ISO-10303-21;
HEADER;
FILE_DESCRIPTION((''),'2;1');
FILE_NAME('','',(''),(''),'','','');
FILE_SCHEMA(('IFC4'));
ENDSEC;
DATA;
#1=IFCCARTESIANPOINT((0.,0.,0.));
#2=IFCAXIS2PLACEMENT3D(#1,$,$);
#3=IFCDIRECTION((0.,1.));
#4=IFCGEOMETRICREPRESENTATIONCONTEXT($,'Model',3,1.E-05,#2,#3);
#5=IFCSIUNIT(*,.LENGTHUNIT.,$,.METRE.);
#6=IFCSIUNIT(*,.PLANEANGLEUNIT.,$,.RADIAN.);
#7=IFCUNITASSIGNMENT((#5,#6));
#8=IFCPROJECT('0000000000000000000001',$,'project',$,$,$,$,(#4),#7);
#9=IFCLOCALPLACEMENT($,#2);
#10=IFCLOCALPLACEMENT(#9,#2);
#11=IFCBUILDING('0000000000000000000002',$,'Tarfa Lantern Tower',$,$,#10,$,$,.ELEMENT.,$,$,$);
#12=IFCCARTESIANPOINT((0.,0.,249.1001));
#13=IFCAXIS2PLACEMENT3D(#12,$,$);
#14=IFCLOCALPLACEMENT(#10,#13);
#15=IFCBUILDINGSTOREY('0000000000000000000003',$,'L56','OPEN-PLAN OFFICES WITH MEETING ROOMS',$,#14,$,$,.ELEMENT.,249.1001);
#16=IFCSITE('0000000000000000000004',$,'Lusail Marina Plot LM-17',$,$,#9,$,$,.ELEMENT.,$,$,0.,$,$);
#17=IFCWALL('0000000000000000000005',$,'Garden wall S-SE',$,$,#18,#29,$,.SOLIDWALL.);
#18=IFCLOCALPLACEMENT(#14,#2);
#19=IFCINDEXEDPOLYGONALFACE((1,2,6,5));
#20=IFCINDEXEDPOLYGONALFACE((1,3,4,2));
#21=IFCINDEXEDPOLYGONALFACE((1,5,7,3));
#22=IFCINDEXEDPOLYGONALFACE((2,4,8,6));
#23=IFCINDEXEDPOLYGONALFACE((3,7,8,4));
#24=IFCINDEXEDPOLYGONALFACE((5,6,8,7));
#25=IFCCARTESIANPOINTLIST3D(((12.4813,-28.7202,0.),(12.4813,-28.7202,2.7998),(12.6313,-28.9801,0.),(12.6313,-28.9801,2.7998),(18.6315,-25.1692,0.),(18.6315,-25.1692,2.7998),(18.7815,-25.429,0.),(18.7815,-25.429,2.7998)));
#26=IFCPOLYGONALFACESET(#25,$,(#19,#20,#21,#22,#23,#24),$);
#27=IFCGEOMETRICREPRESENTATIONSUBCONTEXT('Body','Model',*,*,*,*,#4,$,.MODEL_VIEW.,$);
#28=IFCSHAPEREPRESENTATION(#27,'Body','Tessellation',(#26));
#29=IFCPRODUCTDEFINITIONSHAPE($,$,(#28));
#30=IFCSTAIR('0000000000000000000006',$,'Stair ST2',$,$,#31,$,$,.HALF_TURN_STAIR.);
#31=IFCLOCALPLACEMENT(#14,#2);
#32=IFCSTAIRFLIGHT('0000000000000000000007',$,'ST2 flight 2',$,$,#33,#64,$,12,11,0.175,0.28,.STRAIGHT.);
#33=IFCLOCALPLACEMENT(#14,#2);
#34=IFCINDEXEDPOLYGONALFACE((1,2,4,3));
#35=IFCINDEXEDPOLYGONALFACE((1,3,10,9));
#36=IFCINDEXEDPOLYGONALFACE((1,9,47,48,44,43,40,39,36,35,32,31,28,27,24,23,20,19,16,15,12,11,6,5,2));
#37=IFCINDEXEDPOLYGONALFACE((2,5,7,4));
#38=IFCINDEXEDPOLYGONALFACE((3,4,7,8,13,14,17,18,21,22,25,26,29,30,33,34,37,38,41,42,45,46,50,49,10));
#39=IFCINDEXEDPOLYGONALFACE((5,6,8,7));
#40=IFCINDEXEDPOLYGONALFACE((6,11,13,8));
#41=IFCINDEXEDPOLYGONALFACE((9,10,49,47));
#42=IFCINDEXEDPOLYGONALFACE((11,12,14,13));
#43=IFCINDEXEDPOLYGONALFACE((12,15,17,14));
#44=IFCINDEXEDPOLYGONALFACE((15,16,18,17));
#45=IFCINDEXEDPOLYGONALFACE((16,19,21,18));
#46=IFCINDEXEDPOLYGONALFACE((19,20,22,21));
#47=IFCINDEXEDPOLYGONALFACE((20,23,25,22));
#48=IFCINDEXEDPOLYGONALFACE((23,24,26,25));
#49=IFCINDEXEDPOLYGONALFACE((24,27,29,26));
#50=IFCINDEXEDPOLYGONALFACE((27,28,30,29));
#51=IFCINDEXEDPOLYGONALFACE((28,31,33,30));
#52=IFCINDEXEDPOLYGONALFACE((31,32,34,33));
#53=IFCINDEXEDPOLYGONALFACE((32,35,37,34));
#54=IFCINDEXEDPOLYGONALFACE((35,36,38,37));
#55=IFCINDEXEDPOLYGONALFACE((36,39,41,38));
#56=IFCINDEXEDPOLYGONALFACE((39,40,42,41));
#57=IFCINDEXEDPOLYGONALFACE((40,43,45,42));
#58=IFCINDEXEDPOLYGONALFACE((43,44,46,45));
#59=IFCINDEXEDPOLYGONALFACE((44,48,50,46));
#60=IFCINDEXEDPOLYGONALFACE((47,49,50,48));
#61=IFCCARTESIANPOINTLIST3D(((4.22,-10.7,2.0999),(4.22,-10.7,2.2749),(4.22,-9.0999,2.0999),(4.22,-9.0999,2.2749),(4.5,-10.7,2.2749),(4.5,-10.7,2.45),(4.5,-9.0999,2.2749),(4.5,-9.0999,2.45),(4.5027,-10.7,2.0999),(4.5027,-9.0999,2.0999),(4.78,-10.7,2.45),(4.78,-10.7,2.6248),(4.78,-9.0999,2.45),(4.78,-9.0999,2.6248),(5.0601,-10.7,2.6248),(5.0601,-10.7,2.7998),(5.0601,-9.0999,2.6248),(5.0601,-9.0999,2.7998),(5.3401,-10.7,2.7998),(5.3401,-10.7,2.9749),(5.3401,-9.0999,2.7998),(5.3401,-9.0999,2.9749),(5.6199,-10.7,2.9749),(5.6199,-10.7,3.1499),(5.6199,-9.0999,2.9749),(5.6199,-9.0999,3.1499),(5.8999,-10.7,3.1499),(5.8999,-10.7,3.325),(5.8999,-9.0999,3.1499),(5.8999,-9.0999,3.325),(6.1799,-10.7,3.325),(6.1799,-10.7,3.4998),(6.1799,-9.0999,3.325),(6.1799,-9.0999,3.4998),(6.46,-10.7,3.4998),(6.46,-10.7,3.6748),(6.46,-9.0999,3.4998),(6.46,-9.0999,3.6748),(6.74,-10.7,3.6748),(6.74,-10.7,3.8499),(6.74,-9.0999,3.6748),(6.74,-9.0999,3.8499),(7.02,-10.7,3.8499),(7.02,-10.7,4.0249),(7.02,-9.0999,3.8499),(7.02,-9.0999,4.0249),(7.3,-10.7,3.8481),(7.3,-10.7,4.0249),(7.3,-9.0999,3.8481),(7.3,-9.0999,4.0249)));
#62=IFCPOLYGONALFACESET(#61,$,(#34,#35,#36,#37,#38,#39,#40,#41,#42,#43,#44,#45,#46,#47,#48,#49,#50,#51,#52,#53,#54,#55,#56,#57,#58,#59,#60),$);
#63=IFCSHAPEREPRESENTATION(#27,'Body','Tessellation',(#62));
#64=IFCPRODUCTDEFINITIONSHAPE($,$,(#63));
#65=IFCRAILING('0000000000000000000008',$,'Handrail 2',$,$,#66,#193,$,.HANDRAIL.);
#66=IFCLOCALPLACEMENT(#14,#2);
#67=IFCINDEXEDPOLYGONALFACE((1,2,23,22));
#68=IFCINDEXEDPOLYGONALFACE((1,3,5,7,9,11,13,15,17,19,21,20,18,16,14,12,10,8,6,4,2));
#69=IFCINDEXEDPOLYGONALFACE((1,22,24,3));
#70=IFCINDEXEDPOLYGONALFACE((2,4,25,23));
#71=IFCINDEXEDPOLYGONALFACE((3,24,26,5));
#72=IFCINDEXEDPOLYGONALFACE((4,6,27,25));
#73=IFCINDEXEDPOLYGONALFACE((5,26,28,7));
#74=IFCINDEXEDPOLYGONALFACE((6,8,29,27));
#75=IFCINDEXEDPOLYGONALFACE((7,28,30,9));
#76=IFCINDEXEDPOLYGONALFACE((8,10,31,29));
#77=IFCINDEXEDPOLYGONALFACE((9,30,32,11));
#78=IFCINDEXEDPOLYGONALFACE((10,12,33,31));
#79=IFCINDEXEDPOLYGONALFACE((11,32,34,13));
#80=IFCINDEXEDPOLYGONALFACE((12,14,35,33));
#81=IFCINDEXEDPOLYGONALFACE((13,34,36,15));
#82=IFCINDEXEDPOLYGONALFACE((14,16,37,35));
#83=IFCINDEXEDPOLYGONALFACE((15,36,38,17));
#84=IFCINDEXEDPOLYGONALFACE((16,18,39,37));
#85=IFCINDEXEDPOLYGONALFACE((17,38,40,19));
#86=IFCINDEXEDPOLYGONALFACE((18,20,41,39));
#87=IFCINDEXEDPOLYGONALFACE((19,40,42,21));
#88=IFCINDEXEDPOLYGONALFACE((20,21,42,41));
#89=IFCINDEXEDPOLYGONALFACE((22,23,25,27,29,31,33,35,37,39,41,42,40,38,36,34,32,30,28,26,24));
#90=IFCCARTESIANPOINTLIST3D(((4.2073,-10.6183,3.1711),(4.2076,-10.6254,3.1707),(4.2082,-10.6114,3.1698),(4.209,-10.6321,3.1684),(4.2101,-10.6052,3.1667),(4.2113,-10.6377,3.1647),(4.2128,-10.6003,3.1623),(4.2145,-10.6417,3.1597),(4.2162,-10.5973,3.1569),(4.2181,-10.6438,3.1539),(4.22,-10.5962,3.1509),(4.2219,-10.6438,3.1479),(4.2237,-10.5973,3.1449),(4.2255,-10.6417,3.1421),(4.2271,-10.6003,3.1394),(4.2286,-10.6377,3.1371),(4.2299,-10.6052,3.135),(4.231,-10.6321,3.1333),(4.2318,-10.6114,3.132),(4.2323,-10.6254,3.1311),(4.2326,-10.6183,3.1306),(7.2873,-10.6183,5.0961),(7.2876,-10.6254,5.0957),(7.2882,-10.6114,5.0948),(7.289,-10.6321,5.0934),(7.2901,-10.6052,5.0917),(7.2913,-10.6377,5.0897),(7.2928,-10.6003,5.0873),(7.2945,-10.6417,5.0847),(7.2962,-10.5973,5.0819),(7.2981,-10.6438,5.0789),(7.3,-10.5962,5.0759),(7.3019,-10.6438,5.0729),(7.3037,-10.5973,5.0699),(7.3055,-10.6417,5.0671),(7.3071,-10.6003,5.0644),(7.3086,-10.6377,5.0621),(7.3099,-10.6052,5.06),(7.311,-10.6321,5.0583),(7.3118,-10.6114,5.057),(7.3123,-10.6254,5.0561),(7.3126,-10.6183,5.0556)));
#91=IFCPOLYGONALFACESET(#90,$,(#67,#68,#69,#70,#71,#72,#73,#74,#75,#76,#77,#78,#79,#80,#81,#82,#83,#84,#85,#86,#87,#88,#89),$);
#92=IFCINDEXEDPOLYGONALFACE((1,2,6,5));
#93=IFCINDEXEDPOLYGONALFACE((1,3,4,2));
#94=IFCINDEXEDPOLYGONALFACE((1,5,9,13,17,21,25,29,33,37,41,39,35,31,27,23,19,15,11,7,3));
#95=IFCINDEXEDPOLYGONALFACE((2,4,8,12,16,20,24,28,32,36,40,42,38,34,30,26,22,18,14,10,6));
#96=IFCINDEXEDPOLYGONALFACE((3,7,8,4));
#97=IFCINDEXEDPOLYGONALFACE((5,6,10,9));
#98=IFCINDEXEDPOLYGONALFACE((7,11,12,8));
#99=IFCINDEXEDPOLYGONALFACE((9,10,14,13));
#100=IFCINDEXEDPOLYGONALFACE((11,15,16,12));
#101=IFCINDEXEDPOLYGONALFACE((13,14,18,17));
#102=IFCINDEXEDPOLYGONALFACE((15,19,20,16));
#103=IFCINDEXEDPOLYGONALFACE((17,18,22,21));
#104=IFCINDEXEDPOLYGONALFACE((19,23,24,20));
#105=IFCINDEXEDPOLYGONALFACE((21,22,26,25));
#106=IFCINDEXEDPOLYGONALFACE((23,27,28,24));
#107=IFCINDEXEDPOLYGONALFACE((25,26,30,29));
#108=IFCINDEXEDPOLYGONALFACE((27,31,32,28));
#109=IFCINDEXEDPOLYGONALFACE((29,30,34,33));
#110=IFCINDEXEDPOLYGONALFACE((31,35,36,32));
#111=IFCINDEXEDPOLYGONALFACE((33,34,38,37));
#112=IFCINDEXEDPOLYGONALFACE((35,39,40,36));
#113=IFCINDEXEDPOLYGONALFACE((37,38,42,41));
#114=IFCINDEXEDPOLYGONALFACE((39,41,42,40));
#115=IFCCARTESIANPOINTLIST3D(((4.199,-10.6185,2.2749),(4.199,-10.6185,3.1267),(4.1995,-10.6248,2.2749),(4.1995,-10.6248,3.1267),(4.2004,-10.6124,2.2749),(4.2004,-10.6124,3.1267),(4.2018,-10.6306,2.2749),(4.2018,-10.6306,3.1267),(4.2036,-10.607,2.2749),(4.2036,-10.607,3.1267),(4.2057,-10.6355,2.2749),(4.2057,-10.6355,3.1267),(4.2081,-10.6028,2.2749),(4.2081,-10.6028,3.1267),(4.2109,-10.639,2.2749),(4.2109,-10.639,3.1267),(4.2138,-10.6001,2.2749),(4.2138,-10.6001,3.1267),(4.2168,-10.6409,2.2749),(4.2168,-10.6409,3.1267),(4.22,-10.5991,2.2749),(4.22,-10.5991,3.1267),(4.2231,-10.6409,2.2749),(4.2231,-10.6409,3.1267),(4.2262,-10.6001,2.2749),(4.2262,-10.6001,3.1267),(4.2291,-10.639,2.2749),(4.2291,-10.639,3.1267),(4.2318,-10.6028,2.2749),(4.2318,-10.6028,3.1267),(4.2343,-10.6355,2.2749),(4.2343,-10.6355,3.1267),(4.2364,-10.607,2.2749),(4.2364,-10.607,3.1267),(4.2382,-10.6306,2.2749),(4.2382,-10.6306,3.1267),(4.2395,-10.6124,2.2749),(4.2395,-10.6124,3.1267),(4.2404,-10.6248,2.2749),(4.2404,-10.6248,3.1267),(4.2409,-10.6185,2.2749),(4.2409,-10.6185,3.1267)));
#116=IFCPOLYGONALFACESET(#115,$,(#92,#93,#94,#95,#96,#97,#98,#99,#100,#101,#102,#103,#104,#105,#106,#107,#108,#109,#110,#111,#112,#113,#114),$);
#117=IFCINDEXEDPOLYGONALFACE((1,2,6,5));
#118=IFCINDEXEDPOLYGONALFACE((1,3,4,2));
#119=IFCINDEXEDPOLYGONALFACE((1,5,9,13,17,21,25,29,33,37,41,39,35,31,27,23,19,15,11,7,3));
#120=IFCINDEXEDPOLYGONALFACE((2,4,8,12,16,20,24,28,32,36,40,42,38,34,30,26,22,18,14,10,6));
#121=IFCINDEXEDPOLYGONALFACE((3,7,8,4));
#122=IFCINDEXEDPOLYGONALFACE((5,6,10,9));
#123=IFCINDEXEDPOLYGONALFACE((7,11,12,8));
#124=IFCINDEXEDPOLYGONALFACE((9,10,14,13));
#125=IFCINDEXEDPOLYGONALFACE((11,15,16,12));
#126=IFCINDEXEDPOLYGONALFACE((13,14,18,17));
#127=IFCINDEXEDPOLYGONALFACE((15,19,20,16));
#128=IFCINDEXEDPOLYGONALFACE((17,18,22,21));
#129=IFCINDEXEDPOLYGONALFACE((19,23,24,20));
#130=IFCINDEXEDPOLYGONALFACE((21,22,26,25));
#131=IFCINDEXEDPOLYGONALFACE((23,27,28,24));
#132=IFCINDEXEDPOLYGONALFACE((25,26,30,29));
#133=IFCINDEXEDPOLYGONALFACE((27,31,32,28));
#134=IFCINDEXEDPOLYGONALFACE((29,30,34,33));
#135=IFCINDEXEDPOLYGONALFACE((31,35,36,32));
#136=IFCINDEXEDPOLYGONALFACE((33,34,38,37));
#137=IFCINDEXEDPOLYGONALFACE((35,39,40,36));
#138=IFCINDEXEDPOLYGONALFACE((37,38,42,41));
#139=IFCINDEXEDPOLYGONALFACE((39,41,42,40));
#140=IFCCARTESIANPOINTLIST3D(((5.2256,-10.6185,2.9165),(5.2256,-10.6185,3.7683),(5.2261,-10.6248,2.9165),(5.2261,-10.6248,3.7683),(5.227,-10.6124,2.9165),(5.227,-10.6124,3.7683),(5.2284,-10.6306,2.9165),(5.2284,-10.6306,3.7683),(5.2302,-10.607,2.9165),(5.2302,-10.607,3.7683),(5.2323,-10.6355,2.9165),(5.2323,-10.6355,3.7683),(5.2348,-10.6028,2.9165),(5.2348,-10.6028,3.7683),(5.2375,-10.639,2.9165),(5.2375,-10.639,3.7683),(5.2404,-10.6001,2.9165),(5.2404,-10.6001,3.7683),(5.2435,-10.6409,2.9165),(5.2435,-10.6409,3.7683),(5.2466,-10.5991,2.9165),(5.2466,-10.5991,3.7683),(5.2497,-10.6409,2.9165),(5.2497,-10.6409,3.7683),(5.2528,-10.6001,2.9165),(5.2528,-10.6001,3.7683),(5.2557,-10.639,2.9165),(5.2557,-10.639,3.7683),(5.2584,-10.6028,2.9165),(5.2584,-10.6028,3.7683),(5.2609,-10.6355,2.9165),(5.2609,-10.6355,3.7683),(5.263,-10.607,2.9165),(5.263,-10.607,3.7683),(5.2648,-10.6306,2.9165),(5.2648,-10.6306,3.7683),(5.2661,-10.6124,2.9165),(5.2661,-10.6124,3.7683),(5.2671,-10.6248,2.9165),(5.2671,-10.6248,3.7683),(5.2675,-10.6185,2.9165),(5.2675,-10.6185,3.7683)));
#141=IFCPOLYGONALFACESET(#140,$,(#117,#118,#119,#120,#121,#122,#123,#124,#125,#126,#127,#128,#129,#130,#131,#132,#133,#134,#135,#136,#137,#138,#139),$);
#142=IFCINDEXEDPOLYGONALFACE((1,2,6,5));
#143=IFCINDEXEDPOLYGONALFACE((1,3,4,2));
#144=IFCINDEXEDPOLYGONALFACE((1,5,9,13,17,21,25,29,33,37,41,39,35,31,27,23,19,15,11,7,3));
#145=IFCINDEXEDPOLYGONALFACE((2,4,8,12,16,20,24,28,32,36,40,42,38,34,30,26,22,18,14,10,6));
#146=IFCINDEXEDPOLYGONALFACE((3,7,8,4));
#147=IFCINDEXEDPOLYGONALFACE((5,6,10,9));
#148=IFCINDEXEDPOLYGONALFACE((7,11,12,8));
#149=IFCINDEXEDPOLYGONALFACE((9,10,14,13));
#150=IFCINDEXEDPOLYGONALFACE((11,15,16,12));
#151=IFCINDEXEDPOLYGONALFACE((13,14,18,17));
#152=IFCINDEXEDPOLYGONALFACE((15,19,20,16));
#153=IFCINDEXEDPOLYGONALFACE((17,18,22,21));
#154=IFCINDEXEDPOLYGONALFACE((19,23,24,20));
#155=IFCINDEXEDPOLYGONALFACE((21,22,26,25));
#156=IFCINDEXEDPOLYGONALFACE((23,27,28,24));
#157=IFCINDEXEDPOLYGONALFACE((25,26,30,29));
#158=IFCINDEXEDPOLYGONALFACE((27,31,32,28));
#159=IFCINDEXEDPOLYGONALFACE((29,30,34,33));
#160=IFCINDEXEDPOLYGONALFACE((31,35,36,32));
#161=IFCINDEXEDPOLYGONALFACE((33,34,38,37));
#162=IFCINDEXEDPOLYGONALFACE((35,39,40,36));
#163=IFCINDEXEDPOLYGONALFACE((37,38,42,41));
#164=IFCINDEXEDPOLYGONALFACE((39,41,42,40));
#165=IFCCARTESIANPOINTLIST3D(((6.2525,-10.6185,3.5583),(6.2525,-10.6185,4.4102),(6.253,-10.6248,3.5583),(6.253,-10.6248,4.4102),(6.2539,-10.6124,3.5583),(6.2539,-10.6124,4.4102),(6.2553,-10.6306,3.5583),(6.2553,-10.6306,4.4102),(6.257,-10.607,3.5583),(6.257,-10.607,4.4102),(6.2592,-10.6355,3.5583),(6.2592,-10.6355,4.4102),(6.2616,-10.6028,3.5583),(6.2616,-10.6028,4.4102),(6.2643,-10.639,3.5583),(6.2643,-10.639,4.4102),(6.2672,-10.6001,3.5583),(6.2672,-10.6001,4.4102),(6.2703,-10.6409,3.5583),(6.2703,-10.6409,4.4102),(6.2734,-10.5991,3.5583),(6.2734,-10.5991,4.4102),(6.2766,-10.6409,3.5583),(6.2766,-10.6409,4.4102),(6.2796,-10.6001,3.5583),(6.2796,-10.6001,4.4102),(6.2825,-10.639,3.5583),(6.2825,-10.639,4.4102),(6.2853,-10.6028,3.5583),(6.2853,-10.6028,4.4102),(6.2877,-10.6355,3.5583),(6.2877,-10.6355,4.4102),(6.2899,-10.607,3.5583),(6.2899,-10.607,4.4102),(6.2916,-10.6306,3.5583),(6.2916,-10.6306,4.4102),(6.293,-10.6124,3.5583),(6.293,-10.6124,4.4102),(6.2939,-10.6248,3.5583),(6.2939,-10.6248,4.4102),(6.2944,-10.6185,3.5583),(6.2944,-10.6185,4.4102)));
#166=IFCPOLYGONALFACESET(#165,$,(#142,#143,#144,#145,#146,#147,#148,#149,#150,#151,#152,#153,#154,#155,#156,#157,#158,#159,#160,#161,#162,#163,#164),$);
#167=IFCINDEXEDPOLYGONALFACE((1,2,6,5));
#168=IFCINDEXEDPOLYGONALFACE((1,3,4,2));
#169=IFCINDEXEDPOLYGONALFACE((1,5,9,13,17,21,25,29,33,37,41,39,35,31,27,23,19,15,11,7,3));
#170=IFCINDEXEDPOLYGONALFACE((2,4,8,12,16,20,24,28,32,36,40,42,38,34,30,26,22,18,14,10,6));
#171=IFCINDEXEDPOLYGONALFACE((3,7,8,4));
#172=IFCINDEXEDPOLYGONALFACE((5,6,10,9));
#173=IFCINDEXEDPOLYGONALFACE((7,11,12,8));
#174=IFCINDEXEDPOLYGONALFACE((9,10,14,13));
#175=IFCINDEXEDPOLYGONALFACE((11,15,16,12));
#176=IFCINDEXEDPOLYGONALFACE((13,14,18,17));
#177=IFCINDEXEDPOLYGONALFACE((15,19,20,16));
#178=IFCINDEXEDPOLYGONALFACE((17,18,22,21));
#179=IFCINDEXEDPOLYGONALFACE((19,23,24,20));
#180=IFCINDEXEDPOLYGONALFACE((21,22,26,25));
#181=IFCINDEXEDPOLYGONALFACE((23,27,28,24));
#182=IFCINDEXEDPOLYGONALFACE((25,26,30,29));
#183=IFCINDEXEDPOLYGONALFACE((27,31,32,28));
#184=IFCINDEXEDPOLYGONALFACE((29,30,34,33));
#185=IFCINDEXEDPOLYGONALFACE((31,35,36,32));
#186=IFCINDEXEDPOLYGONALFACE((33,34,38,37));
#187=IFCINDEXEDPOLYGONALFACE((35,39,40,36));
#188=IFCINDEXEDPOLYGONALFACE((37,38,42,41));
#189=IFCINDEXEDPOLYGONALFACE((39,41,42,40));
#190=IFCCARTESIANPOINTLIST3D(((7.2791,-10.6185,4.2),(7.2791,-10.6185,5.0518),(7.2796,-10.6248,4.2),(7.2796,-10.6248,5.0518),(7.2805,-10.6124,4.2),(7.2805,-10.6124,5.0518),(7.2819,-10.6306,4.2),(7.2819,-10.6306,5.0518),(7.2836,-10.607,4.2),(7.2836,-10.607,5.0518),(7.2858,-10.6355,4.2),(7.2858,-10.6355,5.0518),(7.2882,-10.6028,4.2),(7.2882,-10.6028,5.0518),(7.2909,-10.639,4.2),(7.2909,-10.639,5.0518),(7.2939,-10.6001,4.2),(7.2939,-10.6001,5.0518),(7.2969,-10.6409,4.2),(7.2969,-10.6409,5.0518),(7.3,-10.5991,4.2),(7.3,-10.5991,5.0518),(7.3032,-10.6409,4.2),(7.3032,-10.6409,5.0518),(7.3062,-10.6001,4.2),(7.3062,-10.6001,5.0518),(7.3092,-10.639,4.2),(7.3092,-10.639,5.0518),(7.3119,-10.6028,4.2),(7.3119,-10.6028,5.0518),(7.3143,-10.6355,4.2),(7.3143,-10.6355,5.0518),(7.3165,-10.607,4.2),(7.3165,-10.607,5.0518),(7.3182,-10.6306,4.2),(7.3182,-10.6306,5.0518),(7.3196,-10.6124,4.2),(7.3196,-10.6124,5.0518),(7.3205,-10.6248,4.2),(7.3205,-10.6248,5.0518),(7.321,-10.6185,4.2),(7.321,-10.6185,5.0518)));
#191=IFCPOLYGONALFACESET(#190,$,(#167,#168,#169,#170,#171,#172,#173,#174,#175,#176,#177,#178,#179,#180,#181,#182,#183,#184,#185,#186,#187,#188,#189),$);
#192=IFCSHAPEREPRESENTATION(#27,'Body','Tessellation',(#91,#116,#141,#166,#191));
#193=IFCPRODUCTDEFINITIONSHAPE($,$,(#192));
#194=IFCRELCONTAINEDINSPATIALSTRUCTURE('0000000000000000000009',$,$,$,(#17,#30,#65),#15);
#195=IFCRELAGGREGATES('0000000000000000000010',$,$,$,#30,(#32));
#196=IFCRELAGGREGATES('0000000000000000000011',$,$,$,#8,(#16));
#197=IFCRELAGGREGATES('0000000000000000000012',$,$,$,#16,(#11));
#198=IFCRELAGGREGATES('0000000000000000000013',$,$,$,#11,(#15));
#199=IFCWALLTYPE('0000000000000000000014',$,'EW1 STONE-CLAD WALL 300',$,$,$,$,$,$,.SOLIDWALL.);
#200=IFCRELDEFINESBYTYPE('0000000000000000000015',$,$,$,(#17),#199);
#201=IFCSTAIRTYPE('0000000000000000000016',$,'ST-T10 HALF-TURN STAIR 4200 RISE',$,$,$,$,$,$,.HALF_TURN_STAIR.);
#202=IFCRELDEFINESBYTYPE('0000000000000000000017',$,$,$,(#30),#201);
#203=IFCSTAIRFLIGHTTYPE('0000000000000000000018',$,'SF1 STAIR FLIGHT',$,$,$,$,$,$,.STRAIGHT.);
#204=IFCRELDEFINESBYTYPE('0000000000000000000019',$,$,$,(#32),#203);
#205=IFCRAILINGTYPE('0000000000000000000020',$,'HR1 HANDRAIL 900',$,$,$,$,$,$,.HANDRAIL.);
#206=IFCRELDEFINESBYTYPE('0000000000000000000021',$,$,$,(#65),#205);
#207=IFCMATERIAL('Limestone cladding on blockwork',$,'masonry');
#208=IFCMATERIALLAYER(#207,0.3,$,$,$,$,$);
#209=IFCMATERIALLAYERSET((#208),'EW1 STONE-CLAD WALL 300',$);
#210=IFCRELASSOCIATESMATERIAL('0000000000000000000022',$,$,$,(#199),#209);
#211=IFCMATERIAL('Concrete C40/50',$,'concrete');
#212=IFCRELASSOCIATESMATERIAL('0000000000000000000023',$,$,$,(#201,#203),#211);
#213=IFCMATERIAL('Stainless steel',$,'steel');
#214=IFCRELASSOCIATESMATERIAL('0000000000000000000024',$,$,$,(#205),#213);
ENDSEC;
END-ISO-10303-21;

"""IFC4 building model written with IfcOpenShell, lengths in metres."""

from ifc_helpers import new_model, si_unit, direction, frame, frame_2d, origin, origin_2d, place, context, subcontext, project, spatial, polyline, rectangle, circle, outline, extrude, material, layer, layer_set, type_object, element, aggregate, save


model = new_model("IFC4")

# Units and contexts
model_context = context("Model", 3, precision=1e-05, world=origin(), true_north=direction((0.0, 1.0)))
body_context = subcontext(model_context, "Body", "Model", "MODEL_VIEW")
ifc_project = project(units=[si_unit("LENGTHUNIT", "METRE"), si_unit("PLANEANGLEUNIT", "RADIAN")], contexts=[model_context])

# Site, building, storey
site_placement = place(None, origin())
site = spatial("IfcSite", under=ifc_project, at=site_placement, Name="Lusail Marina Plot LM-17", CompositionType="ELEMENT", RefElevation=0.0)
building_placement = place(site_placement, origin())
building = spatial("IfcBuilding", under=site, at=building_placement, Name="Tarfa Lantern Tower", CompositionType="ELEMENT")
storey_placement = place(building_placement, frame((0.0, 0.0, 249.1001)))
storey = spatial("IfcBuildingStorey", under=building, at=storey_placement, Name="L56", Description="OPEN-PLAN OFFICES WITH MEETING ROOMS", CompositionType="ELEMENT", Elevation=249.1001)

# Wall
ifc_material_1 = material(Name="Limestone cladding on blockwork", Category="masonry")
ifc_layer_1 = layer(ifc_material_1, 0.3)
ifc_layer_set_1 = layer_set([ifc_layer_1], Name="EW1 STONE-CLAD WALL 300")
wall_type_1 = type_object("IfcWallType", Name="EW1 STONE-CLAD WALL 300", PredefinedType="SOLIDWALL", material=ifc_layer_set_1)
wall_1_placement = place(storey_placement, frame((12.5564, -28.8501, 0.0), z_axis=(0.0, 0.0, 1.0), x_axis=(0.866011, 0.500025, 0.0)))
element("IfcWall", 1, at=wall_1_placement, inside=storey, type_object=wall_type_1, Name="Garden wall S-SE", PredefinedType="SOLIDWALL", context=body_context, shape_type="SweptSolid", body=[
    extrude(rectangle(XDim=7.1018, YDim=0.3, at=frame_2d((3.5508, 0.0))), origin(), (0.0, 0.0, 1.0), 2.7998),
])

# Stair, stair flight
ifc_material_2 = material(Name="Concrete C40/50", Category="concrete")
stair_type = type_object("IfcStairType", Name="ST-T10 HALF-TURN STAIR 4200 RISE", PredefinedType="HALF_TURN_STAIR", material=ifc_material_2)
stair_placement = place(storey_placement, origin())
stair = element("IfcStair", 2, at=stair_placement, inside=storey, type_object=stair_type, Name="Stair ST2", PredefinedType="HALF_TURN_STAIR")
stair_flight_type = type_object("IfcStairFlightType", Name="SF1 STAIR FLIGHT", PredefinedType="STRAIGHT", material=ifc_material_2)
stair_flight_placement = place(storey_placement, frame((4.22, -9.8999, 2.0999), z_axis=(0.0, 0.0, 1.0), x_axis=(1.0, 0.0, 0.0)))
stair_flight = element("IfcStairFlight", 3, at=stair_flight_placement, type_object=stair_flight_type, Name="ST2 flight 2", NumberOfRisers=12, NumberOfTreads=11, PredefinedType="STRAIGHT", RiserHeight=0.175, TreadLength=0.28, context=body_context, shape_type="SweptSolid", body=[
    extrude(outline(polyline([(0.0, 0.0), (0.0, 0.175), (0.28, 0.175), (0.28, 0.3501), (0.5601, 0.3501), (0.5601, 0.5249), (0.8401, 0.5249), (0.8401, 0.7), (1.1201, 0.7), (1.1201, 0.875), (1.3999, 0.875), (1.3999, 1.05), (1.6799, 1.05), (1.6799, 1.2251), (1.96, 1.2251), (1.96, 1.3999), (2.24, 1.3999), (2.24, 1.575), (2.52, 1.575), (2.52, 1.75), (2.8, 1.75), (2.8, 1.925), (3.0801, 1.925), (3.0801, 2.1001), (3.0801, 1.7483), (0.2827, 0.0), (0.0, 0.0)])), frame((0.0, 0.8, 0.0), z_axis=(0.0, -1.0, 0.0), x_axis=(1.0, 0.0, 0.0)), (0.0, 0.0, 1.0), 1.6001),
])
aggregate(stair, [stair_flight])

# Railing
ifc_material_3 = material(Name="Stainless steel", Category="steel")
railing_type = type_object("IfcRailingType", Name="HR1 HANDRAIL 900", PredefinedType="HANDRAIL", material=ifc_material_3)
railing_placement = place(storey_placement, frame((4.22, -10.6201, 2.2749)))
element("IfcRailing", 4, at=railing_placement, inside=storey, type_object=railing_type, Name="Handrail 2", PredefinedType="HANDRAIL", context=body_context, shape_type="SweptSolid", body=[
    extrude(circle(Radius=0.0239, at=origin_2d()), frame((0.0, 0.0, 0.876), z_axis=(0.847998, 0.0, 0.529999), x_axis=(0.0, 1.0, 0.0)), (0.0, 0.0, 1.0), 3.6321),
    extrude(circle(Radius=0.021, at=origin_2d()), frame((0.0, 0.0, 0.0), z_axis=(0.0, 0.0, 1.0), x_axis=(0.0, 1.0, 0.0)), (0.0, 0.0, 1.0), 0.8518),
    extrude(circle(Radius=0.021, at=origin_2d()), frame((1.0266, 0.0, 0.6416), z_axis=(0.0, 0.0, 1.0), x_axis=(0.0, 1.0, 0.0)), (0.0, 0.0, 1.0), 0.8518),
    extrude(circle(Radius=0.021, at=origin_2d()), frame((2.0535, 0.0, 1.2834), z_axis=(0.0, 0.0, 1.0), x_axis=(0.0, 1.0, 0.0)), (0.0, 0.0, 1.0), 0.8518),
    extrude(circle(Radius=0.021, at=origin_2d()), frame((3.0801, 0.0, 1.925), z_axis=(0.0, 0.0, 1.0), x_axis=(0.0, 1.0, 0.0)), (0.0, 0.0, 1.0), 0.8518),
])

save(model, "model.ifc")
